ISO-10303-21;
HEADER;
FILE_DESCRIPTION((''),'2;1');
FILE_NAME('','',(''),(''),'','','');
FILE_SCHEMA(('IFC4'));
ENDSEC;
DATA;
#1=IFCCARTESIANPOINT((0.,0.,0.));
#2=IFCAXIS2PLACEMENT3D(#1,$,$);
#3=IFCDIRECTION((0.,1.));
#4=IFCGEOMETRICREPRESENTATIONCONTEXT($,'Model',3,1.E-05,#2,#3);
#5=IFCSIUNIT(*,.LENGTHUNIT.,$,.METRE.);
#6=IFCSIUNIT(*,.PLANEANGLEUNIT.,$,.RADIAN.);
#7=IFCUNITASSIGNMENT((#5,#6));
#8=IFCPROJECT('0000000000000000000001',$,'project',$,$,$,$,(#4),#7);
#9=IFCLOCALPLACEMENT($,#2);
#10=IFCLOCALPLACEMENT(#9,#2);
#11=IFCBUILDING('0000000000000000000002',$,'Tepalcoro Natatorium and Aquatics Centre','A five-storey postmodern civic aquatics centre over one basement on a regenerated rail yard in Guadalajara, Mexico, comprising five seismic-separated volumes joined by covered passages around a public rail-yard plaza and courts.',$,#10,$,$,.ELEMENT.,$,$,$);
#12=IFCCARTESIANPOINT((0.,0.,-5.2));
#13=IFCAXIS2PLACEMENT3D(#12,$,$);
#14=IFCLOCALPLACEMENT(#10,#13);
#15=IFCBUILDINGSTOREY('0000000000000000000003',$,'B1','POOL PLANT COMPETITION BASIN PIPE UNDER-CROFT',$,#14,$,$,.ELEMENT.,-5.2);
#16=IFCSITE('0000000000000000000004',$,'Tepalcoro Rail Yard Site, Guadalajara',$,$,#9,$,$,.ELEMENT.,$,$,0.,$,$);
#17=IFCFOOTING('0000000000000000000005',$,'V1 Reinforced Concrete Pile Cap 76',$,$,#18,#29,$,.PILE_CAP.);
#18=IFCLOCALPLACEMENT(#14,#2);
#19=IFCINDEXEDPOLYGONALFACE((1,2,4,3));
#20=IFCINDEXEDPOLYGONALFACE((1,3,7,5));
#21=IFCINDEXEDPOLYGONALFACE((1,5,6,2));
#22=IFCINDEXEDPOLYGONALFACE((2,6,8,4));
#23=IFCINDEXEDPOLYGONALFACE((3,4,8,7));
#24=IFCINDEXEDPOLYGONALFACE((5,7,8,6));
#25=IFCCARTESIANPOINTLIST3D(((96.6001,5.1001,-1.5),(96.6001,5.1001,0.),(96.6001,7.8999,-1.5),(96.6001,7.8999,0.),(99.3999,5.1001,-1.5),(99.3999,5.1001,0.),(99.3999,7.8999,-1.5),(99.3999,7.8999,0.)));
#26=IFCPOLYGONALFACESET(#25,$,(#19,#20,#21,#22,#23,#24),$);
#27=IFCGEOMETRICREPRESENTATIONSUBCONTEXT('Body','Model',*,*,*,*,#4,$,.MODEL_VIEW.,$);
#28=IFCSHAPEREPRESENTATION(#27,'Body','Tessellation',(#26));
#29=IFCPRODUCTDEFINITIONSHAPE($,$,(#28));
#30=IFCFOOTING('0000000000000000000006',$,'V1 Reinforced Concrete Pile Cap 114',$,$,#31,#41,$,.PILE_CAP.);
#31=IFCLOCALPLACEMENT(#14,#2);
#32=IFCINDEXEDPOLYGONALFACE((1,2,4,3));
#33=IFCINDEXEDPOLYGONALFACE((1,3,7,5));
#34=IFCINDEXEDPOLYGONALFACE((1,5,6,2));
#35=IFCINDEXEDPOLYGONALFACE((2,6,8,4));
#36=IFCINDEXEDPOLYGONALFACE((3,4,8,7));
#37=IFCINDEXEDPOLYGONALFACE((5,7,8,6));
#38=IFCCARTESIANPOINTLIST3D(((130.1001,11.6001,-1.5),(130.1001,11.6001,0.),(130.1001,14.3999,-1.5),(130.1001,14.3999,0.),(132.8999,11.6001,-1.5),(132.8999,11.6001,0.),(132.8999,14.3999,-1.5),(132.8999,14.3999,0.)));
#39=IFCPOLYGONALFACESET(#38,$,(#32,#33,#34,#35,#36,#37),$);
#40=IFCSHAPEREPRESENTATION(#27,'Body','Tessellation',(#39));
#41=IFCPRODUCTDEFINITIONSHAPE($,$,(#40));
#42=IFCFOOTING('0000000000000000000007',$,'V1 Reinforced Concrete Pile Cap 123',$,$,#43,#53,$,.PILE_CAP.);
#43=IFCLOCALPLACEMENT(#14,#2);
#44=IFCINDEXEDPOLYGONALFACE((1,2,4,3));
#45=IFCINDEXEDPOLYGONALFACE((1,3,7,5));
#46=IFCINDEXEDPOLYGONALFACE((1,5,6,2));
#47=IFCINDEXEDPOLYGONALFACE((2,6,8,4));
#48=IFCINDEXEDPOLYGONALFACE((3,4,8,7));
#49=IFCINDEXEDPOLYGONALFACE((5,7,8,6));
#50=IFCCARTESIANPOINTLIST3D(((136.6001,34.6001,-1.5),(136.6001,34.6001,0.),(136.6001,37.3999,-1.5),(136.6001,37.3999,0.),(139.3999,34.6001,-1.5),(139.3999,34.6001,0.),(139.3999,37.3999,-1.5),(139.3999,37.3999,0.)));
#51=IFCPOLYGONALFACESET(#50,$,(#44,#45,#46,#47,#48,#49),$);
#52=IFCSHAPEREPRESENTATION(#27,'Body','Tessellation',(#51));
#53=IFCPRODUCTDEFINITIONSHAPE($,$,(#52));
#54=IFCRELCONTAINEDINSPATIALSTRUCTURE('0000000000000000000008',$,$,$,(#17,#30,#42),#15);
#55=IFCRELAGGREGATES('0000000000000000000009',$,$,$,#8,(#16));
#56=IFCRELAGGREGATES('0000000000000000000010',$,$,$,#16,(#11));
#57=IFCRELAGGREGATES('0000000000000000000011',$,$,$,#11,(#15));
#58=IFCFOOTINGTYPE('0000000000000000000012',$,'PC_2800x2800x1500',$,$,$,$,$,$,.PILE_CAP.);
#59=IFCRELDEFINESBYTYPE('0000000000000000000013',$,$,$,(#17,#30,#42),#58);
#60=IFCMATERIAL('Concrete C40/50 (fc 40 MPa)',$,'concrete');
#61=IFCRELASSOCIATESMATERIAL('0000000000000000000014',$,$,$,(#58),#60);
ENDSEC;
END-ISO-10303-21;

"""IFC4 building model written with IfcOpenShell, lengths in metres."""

from ifc_helpers import new_model, si_unit, direction, frame, origin, place, context, subcontext, project, spatial, polyline, outline, extrude, material, type_object, element, save


model = new_model("IFC4")

# Units and contexts
model_context = context("Model", 3, precision=1e-05, world=origin(), true_north=direction((0.0, 1.0)))
body_context = subcontext(model_context, "Body", "Model", "MODEL_VIEW")
ifc_project = project(units=[si_unit("LENGTHUNIT", "METRE"), si_unit("PLANEANGLEUNIT", "RADIAN")], contexts=[model_context])

# Site, building, storey
site_placement = place(None, origin())
site = spatial("IfcSite", under=ifc_project, at=site_placement, Name="Tepalcoro Rail Yard Site, Guadalajara", CompositionType="ELEMENT", RefElevation=0.0)
building_placement = place(site_placement, origin())
building = spatial("IfcBuilding", under=site, at=building_placement, Name="Tepalcoro Natatorium and Aquatics Centre", Description="A five-storey postmodern civic aquatics centre over one basement on a regenerated rail yard in Guadalajara, Mexico, comprising five seismic-separated volumes joined by covered passages around a public rail-yard plaza and courts.", CompositionType="ELEMENT")
storey_placement = place(building_placement, frame((0.0, 0.0, -5.2)))
storey = spatial("IfcBuildingStorey", under=building, at=storey_placement, Name="B1", Description="POOL PLANT COMPETITION BASIN PIPE UNDER-CROFT", CompositionType="ELEMENT", Elevation=-5.2)

# Footings
ifc_material = material(Name="Concrete C40/50 (fc 40 MPa)", Category="concrete")
footing_type_1 = type_object("IfcFootingType", Name="PC_2800x2800x1500", PredefinedType="PILE_CAP", material=ifc_material)
footing_1_placement = place(storey_placement, frame((0.0, 0.0, -1.5)))
element("IfcFooting", 1, at=footing_1_placement, inside=storey, type_object=footing_type_1, Name="V1 Reinforced Concrete Pile Cap 76", PredefinedType="PILE_CAP", context=body_context, shape_type="SweptSolid", body=[
    extrude(outline(polyline([(96.6001, 5.1001), (99.3999, 5.1001), (99.3999, 7.8999), (96.6001, 7.8999), (96.6001, 5.1001)])), origin(), (0.0, 0.0, 1.0), 1.5),
])
footing_2_placement = place(storey_placement, frame((0.0, 0.0, -1.5)))
element("IfcFooting", 2, at=footing_2_placement, inside=storey, type_object=footing_type_1, Name="V1 Reinforced Concrete Pile Cap 114", PredefinedType="PILE_CAP", context=body_context, shape_type="SweptSolid", body=[
    extrude(outline(polyline([(130.1001, 11.6001), (132.8999, 11.6001), (132.8999, 14.3999), (130.1001, 14.3999), (130.1001, 11.6001)])), origin(), (0.0, 0.0, 1.0), 1.5),
])
footing_3_placement = place(storey_placement, frame((0.0, 0.0, -1.5)))
element("IfcFooting", 3, at=footing_3_placement, inside=storey, type_object=footing_type_1, Name="V1 Reinforced Concrete Pile Cap 123", PredefinedType="PILE_CAP", context=body_context, shape_type="SweptSolid", body=[
    extrude(outline(polyline([(136.6001, 34.6001), (139.3999, 34.6001), (139.3999, 37.3999), (136.6001, 37.3999), (136.6001, 34.6001)])), origin(), (0.0, 0.0, 1.0), 1.5),
])

save(model, "model.ifc")
